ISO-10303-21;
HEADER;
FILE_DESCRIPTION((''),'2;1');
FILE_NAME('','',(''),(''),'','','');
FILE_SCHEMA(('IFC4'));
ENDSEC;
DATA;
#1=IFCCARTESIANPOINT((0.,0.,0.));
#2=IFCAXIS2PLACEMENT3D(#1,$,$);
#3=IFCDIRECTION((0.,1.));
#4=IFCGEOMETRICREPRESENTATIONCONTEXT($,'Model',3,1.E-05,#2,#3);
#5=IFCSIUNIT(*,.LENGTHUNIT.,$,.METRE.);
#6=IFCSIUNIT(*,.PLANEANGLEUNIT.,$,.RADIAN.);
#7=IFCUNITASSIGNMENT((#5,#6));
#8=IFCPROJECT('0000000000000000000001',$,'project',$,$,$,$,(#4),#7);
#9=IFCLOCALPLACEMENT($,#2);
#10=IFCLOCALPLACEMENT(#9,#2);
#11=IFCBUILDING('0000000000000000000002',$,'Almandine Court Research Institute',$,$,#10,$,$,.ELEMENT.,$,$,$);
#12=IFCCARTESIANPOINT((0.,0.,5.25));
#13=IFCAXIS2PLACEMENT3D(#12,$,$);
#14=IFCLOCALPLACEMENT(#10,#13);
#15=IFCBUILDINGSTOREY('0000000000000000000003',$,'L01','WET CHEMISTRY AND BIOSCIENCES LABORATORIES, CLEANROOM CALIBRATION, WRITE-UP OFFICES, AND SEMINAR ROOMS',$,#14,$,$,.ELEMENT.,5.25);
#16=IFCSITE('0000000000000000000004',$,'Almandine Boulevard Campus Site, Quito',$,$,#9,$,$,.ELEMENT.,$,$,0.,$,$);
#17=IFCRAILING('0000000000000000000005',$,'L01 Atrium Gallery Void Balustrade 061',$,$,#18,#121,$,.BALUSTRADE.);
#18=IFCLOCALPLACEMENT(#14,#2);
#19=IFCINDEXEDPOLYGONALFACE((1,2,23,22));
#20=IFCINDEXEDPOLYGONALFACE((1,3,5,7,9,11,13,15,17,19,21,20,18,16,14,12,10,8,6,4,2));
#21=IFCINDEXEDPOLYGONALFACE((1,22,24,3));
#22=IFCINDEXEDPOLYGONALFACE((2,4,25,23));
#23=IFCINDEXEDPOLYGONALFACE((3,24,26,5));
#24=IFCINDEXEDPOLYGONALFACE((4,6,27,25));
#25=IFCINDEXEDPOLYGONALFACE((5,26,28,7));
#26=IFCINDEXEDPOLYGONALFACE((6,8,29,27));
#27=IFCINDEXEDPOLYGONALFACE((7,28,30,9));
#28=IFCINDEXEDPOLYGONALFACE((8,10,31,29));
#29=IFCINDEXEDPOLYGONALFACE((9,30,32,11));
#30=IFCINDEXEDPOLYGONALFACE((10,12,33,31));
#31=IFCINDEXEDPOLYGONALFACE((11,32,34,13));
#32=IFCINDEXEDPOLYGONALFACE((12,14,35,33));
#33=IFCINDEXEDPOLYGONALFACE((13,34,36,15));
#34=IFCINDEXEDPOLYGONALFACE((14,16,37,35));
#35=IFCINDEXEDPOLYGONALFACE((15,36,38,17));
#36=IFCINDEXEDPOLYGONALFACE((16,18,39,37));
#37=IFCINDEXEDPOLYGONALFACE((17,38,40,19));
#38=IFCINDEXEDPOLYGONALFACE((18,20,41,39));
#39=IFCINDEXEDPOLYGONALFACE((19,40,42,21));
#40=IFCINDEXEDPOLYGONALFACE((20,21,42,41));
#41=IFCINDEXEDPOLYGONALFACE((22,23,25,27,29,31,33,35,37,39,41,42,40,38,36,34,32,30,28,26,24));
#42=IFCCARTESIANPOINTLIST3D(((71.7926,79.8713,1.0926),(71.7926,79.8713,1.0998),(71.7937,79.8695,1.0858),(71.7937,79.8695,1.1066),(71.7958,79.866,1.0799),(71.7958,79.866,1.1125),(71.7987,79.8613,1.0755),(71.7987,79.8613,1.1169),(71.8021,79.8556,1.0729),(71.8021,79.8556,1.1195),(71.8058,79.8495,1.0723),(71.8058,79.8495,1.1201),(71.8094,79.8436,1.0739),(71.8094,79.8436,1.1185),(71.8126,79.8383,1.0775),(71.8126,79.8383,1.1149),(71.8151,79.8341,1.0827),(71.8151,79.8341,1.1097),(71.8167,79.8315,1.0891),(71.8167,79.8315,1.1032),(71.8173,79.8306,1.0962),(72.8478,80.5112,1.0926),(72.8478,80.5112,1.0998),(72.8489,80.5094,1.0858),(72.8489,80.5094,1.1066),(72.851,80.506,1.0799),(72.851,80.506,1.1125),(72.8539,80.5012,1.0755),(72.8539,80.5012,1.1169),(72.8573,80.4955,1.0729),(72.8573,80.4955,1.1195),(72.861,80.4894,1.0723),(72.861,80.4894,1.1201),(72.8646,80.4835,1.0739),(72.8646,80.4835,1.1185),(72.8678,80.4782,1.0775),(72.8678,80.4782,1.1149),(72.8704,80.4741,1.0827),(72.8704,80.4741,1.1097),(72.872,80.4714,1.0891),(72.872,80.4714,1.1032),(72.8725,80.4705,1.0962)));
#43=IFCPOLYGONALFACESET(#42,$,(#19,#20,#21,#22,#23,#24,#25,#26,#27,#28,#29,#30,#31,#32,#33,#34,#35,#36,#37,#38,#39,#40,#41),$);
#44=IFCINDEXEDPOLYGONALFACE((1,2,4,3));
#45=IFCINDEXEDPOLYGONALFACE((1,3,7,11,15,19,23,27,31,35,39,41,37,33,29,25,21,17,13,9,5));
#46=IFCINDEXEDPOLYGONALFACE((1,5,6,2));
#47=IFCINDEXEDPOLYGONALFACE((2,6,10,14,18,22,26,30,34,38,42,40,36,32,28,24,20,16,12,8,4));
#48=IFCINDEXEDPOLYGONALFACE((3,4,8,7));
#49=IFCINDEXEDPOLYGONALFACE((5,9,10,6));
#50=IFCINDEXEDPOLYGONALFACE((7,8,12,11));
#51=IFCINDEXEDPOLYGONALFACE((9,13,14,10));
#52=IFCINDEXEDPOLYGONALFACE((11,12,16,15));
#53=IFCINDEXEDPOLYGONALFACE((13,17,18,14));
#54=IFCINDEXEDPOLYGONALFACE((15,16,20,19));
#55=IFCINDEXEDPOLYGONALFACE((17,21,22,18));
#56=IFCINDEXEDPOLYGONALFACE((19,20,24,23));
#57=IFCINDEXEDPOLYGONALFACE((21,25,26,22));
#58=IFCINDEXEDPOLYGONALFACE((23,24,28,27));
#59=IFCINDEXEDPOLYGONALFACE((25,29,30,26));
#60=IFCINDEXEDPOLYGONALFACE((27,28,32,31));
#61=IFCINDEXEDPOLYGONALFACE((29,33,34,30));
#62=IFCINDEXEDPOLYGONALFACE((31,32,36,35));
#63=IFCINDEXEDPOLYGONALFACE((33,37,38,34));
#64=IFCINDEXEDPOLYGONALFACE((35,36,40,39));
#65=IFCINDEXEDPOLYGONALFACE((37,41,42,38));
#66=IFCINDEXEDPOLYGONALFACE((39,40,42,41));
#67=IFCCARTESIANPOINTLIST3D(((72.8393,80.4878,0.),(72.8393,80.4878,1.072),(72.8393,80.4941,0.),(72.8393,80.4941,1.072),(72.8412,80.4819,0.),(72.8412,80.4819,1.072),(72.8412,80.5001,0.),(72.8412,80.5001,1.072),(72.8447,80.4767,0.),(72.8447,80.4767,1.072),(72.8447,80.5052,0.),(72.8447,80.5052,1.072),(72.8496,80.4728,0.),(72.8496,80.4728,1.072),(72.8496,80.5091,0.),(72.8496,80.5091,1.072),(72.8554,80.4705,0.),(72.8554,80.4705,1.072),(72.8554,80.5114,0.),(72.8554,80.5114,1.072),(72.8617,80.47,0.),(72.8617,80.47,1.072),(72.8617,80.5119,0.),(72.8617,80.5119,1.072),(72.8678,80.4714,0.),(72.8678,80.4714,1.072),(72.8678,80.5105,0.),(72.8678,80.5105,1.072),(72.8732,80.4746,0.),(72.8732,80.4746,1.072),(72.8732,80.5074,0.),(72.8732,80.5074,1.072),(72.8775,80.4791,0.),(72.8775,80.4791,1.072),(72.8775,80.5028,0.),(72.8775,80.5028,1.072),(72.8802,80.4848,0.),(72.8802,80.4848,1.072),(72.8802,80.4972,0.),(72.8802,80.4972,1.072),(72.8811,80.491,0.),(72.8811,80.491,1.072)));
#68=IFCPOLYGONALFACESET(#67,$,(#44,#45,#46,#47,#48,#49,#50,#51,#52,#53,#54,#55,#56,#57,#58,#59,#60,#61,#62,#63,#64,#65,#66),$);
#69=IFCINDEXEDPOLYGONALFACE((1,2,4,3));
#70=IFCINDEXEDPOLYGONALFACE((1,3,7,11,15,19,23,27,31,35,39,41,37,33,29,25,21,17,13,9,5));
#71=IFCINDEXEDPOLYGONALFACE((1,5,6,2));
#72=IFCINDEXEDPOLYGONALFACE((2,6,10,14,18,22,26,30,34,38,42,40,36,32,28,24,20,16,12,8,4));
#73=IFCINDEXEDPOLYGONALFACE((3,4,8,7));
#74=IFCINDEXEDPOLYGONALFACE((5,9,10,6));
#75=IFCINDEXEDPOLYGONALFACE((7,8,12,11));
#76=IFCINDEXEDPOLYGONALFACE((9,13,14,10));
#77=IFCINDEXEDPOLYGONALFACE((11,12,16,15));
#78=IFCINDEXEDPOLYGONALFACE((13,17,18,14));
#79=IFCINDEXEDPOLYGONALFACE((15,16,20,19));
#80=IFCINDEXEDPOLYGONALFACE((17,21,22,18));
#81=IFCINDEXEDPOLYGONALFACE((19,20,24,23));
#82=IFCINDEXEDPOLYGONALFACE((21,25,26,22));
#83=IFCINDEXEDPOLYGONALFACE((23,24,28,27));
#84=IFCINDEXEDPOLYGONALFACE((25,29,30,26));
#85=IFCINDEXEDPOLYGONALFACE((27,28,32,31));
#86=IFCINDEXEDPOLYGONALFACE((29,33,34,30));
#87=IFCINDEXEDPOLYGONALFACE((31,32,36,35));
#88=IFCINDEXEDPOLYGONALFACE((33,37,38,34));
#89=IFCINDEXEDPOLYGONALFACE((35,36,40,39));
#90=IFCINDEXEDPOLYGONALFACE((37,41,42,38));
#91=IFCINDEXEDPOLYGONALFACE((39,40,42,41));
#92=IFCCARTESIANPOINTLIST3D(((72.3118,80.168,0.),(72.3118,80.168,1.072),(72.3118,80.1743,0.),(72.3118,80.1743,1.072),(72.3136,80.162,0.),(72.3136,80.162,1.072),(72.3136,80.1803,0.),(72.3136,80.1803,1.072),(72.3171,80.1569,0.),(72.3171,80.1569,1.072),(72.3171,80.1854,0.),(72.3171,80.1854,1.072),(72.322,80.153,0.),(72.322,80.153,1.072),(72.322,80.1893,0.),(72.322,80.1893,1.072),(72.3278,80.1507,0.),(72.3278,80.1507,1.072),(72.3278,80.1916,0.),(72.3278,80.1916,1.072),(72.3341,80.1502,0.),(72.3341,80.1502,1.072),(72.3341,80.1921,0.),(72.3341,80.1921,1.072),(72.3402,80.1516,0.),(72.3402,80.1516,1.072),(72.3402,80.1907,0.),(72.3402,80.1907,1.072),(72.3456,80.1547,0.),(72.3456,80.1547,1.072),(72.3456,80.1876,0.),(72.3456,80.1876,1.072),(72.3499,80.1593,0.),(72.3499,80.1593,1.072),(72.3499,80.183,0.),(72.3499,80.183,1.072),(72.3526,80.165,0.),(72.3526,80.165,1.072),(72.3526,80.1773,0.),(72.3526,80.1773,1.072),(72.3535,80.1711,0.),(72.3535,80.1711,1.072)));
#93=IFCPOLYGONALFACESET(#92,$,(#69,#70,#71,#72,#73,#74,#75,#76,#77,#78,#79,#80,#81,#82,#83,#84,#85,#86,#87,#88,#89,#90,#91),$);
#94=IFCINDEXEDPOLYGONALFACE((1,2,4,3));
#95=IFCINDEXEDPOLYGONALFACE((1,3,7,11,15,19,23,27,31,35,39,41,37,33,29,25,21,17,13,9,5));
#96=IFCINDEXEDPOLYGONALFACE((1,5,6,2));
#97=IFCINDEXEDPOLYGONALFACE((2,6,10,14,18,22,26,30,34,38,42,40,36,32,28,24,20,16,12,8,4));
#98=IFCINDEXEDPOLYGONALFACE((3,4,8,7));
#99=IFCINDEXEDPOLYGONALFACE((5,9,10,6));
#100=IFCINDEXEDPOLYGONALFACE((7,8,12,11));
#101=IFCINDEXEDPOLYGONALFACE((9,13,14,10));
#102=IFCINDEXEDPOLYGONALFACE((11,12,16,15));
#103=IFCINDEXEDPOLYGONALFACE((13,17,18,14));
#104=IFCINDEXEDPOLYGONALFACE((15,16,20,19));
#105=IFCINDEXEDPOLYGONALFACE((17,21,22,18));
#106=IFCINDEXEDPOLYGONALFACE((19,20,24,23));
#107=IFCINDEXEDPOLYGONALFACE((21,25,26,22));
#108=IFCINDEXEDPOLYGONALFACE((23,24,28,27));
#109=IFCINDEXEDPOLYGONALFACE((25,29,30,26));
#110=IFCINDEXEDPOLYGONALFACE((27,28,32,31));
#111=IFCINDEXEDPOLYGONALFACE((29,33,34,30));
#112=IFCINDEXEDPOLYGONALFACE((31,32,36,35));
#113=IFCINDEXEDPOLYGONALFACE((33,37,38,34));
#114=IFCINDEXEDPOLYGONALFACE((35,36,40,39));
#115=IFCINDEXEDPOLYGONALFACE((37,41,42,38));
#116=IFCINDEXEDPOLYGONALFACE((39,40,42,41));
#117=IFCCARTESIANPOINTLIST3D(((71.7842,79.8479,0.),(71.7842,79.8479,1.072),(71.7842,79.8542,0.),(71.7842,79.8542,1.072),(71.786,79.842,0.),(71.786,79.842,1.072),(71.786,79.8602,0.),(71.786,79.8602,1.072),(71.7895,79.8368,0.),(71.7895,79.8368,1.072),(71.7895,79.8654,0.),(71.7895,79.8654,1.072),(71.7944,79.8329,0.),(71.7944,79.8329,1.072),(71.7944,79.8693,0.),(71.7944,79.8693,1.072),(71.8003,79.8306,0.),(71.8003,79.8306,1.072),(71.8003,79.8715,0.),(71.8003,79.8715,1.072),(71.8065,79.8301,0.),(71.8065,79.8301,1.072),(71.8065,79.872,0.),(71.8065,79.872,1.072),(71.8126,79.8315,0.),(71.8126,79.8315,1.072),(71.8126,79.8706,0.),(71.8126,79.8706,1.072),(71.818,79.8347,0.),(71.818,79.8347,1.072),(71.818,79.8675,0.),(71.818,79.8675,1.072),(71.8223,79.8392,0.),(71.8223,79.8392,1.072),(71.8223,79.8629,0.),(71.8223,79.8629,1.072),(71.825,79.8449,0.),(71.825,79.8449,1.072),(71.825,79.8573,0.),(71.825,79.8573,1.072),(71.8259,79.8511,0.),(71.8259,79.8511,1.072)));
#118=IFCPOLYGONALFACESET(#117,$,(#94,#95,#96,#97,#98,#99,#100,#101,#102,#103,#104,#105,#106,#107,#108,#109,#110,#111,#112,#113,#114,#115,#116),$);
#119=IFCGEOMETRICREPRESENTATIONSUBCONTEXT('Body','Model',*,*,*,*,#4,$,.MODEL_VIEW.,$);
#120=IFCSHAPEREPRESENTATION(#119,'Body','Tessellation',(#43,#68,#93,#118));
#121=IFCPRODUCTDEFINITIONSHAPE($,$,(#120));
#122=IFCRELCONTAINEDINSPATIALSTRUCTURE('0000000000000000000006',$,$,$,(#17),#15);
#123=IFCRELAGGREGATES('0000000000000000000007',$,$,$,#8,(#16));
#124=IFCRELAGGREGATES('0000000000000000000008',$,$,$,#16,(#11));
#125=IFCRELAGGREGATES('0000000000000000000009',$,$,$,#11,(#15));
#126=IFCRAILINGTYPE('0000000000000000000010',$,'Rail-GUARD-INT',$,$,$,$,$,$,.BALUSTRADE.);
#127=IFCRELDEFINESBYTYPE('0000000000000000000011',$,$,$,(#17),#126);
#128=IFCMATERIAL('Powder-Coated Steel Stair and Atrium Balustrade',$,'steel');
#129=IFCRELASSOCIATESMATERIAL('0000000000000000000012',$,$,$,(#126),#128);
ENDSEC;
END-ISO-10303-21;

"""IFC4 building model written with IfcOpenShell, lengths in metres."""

from ifc_helpers import new_model, si_unit, direction, frame, origin, origin_2d, place, context, subcontext, project, spatial, circle, extrude, material, type_object, element, save


model = new_model("IFC4")

# Units and contexts
model_context = context("Model", 3, precision=1e-05, world=origin(), true_north=direction((0.0, 1.0)))
body_context = subcontext(model_context, "Body", "Model", "MODEL_VIEW")
ifc_project = project(units=[si_unit("LENGTHUNIT", "METRE"), si_unit("PLANEANGLEUNIT", "RADIAN")], contexts=[model_context])

# Site, building, storey
site_placement = place(None, origin())
site = spatial("IfcSite", under=ifc_project, at=site_placement, Name="Almandine Boulevard Campus Site, Quito", CompositionType="ELEMENT", RefElevation=0.0)
building_placement = place(site_placement, origin())
building = spatial("IfcBuilding", under=site, at=building_placement, Name="Almandine Court Research Institute", CompositionType="ELEMENT")
storey_placement = place(building_placement, frame((0.0, 0.0, 5.25)))
storey = spatial("IfcBuildingStorey", under=building, at=storey_placement, Name="L01", Description="WET CHEMISTRY AND BIOSCIENCES LABORATORIES, CLEANROOM CALIBRATION, WRITE-UP OFFICES, AND SEMINAR ROOMS", CompositionType="ELEMENT", Elevation=5.25)

# Railing
ifc_material_1 = material(Name="Powder-Coated Steel Stair and Atrium Balustrade", Category="steel")
railing_type = type_object("IfcRailingType", Name="Rail-GUARD-INT", PredefinedType="BALUSTRADE", material=ifc_material_1)
railing_1_placement = place(storey_placement, frame((72.8601, 80.491, 0.0)))
element("IfcRailing", 1, at=railing_1_placement, inside=storey, type_object=railing_type, Name="L01 Atrium Gallery Void Balustrade 061", PredefinedType="BALUSTRADE", context=body_context, shape_type="SweptSolid", body=[
    extrude(circle(Radius=0.0239, at=origin_2d()), frame((0.0, 0.0, 1.0962), z_axis=(-0.855057, -0.518534, 0.0), x_axis=(0.518534, -0.855057, 0.0)), (0.0, 0.0, 1.0), 1.2341),
    extrude(circle(Radius=0.021, at=origin_2d()), origin(), (0.0, 0.0, 1.0), 1.072),
    extrude(circle(Radius=0.021, at=origin_2d()), frame((-0.5276, -0.3198, 0.0)), (0.0, 0.0, 1.0), 1.072),
    extrude(circle(Radius=0.021, at=origin_2d()), frame((-1.0552, -0.6399, 0.0)), (0.0, 0.0, 1.0), 1.072),
])

save(model, "model.ifc")
